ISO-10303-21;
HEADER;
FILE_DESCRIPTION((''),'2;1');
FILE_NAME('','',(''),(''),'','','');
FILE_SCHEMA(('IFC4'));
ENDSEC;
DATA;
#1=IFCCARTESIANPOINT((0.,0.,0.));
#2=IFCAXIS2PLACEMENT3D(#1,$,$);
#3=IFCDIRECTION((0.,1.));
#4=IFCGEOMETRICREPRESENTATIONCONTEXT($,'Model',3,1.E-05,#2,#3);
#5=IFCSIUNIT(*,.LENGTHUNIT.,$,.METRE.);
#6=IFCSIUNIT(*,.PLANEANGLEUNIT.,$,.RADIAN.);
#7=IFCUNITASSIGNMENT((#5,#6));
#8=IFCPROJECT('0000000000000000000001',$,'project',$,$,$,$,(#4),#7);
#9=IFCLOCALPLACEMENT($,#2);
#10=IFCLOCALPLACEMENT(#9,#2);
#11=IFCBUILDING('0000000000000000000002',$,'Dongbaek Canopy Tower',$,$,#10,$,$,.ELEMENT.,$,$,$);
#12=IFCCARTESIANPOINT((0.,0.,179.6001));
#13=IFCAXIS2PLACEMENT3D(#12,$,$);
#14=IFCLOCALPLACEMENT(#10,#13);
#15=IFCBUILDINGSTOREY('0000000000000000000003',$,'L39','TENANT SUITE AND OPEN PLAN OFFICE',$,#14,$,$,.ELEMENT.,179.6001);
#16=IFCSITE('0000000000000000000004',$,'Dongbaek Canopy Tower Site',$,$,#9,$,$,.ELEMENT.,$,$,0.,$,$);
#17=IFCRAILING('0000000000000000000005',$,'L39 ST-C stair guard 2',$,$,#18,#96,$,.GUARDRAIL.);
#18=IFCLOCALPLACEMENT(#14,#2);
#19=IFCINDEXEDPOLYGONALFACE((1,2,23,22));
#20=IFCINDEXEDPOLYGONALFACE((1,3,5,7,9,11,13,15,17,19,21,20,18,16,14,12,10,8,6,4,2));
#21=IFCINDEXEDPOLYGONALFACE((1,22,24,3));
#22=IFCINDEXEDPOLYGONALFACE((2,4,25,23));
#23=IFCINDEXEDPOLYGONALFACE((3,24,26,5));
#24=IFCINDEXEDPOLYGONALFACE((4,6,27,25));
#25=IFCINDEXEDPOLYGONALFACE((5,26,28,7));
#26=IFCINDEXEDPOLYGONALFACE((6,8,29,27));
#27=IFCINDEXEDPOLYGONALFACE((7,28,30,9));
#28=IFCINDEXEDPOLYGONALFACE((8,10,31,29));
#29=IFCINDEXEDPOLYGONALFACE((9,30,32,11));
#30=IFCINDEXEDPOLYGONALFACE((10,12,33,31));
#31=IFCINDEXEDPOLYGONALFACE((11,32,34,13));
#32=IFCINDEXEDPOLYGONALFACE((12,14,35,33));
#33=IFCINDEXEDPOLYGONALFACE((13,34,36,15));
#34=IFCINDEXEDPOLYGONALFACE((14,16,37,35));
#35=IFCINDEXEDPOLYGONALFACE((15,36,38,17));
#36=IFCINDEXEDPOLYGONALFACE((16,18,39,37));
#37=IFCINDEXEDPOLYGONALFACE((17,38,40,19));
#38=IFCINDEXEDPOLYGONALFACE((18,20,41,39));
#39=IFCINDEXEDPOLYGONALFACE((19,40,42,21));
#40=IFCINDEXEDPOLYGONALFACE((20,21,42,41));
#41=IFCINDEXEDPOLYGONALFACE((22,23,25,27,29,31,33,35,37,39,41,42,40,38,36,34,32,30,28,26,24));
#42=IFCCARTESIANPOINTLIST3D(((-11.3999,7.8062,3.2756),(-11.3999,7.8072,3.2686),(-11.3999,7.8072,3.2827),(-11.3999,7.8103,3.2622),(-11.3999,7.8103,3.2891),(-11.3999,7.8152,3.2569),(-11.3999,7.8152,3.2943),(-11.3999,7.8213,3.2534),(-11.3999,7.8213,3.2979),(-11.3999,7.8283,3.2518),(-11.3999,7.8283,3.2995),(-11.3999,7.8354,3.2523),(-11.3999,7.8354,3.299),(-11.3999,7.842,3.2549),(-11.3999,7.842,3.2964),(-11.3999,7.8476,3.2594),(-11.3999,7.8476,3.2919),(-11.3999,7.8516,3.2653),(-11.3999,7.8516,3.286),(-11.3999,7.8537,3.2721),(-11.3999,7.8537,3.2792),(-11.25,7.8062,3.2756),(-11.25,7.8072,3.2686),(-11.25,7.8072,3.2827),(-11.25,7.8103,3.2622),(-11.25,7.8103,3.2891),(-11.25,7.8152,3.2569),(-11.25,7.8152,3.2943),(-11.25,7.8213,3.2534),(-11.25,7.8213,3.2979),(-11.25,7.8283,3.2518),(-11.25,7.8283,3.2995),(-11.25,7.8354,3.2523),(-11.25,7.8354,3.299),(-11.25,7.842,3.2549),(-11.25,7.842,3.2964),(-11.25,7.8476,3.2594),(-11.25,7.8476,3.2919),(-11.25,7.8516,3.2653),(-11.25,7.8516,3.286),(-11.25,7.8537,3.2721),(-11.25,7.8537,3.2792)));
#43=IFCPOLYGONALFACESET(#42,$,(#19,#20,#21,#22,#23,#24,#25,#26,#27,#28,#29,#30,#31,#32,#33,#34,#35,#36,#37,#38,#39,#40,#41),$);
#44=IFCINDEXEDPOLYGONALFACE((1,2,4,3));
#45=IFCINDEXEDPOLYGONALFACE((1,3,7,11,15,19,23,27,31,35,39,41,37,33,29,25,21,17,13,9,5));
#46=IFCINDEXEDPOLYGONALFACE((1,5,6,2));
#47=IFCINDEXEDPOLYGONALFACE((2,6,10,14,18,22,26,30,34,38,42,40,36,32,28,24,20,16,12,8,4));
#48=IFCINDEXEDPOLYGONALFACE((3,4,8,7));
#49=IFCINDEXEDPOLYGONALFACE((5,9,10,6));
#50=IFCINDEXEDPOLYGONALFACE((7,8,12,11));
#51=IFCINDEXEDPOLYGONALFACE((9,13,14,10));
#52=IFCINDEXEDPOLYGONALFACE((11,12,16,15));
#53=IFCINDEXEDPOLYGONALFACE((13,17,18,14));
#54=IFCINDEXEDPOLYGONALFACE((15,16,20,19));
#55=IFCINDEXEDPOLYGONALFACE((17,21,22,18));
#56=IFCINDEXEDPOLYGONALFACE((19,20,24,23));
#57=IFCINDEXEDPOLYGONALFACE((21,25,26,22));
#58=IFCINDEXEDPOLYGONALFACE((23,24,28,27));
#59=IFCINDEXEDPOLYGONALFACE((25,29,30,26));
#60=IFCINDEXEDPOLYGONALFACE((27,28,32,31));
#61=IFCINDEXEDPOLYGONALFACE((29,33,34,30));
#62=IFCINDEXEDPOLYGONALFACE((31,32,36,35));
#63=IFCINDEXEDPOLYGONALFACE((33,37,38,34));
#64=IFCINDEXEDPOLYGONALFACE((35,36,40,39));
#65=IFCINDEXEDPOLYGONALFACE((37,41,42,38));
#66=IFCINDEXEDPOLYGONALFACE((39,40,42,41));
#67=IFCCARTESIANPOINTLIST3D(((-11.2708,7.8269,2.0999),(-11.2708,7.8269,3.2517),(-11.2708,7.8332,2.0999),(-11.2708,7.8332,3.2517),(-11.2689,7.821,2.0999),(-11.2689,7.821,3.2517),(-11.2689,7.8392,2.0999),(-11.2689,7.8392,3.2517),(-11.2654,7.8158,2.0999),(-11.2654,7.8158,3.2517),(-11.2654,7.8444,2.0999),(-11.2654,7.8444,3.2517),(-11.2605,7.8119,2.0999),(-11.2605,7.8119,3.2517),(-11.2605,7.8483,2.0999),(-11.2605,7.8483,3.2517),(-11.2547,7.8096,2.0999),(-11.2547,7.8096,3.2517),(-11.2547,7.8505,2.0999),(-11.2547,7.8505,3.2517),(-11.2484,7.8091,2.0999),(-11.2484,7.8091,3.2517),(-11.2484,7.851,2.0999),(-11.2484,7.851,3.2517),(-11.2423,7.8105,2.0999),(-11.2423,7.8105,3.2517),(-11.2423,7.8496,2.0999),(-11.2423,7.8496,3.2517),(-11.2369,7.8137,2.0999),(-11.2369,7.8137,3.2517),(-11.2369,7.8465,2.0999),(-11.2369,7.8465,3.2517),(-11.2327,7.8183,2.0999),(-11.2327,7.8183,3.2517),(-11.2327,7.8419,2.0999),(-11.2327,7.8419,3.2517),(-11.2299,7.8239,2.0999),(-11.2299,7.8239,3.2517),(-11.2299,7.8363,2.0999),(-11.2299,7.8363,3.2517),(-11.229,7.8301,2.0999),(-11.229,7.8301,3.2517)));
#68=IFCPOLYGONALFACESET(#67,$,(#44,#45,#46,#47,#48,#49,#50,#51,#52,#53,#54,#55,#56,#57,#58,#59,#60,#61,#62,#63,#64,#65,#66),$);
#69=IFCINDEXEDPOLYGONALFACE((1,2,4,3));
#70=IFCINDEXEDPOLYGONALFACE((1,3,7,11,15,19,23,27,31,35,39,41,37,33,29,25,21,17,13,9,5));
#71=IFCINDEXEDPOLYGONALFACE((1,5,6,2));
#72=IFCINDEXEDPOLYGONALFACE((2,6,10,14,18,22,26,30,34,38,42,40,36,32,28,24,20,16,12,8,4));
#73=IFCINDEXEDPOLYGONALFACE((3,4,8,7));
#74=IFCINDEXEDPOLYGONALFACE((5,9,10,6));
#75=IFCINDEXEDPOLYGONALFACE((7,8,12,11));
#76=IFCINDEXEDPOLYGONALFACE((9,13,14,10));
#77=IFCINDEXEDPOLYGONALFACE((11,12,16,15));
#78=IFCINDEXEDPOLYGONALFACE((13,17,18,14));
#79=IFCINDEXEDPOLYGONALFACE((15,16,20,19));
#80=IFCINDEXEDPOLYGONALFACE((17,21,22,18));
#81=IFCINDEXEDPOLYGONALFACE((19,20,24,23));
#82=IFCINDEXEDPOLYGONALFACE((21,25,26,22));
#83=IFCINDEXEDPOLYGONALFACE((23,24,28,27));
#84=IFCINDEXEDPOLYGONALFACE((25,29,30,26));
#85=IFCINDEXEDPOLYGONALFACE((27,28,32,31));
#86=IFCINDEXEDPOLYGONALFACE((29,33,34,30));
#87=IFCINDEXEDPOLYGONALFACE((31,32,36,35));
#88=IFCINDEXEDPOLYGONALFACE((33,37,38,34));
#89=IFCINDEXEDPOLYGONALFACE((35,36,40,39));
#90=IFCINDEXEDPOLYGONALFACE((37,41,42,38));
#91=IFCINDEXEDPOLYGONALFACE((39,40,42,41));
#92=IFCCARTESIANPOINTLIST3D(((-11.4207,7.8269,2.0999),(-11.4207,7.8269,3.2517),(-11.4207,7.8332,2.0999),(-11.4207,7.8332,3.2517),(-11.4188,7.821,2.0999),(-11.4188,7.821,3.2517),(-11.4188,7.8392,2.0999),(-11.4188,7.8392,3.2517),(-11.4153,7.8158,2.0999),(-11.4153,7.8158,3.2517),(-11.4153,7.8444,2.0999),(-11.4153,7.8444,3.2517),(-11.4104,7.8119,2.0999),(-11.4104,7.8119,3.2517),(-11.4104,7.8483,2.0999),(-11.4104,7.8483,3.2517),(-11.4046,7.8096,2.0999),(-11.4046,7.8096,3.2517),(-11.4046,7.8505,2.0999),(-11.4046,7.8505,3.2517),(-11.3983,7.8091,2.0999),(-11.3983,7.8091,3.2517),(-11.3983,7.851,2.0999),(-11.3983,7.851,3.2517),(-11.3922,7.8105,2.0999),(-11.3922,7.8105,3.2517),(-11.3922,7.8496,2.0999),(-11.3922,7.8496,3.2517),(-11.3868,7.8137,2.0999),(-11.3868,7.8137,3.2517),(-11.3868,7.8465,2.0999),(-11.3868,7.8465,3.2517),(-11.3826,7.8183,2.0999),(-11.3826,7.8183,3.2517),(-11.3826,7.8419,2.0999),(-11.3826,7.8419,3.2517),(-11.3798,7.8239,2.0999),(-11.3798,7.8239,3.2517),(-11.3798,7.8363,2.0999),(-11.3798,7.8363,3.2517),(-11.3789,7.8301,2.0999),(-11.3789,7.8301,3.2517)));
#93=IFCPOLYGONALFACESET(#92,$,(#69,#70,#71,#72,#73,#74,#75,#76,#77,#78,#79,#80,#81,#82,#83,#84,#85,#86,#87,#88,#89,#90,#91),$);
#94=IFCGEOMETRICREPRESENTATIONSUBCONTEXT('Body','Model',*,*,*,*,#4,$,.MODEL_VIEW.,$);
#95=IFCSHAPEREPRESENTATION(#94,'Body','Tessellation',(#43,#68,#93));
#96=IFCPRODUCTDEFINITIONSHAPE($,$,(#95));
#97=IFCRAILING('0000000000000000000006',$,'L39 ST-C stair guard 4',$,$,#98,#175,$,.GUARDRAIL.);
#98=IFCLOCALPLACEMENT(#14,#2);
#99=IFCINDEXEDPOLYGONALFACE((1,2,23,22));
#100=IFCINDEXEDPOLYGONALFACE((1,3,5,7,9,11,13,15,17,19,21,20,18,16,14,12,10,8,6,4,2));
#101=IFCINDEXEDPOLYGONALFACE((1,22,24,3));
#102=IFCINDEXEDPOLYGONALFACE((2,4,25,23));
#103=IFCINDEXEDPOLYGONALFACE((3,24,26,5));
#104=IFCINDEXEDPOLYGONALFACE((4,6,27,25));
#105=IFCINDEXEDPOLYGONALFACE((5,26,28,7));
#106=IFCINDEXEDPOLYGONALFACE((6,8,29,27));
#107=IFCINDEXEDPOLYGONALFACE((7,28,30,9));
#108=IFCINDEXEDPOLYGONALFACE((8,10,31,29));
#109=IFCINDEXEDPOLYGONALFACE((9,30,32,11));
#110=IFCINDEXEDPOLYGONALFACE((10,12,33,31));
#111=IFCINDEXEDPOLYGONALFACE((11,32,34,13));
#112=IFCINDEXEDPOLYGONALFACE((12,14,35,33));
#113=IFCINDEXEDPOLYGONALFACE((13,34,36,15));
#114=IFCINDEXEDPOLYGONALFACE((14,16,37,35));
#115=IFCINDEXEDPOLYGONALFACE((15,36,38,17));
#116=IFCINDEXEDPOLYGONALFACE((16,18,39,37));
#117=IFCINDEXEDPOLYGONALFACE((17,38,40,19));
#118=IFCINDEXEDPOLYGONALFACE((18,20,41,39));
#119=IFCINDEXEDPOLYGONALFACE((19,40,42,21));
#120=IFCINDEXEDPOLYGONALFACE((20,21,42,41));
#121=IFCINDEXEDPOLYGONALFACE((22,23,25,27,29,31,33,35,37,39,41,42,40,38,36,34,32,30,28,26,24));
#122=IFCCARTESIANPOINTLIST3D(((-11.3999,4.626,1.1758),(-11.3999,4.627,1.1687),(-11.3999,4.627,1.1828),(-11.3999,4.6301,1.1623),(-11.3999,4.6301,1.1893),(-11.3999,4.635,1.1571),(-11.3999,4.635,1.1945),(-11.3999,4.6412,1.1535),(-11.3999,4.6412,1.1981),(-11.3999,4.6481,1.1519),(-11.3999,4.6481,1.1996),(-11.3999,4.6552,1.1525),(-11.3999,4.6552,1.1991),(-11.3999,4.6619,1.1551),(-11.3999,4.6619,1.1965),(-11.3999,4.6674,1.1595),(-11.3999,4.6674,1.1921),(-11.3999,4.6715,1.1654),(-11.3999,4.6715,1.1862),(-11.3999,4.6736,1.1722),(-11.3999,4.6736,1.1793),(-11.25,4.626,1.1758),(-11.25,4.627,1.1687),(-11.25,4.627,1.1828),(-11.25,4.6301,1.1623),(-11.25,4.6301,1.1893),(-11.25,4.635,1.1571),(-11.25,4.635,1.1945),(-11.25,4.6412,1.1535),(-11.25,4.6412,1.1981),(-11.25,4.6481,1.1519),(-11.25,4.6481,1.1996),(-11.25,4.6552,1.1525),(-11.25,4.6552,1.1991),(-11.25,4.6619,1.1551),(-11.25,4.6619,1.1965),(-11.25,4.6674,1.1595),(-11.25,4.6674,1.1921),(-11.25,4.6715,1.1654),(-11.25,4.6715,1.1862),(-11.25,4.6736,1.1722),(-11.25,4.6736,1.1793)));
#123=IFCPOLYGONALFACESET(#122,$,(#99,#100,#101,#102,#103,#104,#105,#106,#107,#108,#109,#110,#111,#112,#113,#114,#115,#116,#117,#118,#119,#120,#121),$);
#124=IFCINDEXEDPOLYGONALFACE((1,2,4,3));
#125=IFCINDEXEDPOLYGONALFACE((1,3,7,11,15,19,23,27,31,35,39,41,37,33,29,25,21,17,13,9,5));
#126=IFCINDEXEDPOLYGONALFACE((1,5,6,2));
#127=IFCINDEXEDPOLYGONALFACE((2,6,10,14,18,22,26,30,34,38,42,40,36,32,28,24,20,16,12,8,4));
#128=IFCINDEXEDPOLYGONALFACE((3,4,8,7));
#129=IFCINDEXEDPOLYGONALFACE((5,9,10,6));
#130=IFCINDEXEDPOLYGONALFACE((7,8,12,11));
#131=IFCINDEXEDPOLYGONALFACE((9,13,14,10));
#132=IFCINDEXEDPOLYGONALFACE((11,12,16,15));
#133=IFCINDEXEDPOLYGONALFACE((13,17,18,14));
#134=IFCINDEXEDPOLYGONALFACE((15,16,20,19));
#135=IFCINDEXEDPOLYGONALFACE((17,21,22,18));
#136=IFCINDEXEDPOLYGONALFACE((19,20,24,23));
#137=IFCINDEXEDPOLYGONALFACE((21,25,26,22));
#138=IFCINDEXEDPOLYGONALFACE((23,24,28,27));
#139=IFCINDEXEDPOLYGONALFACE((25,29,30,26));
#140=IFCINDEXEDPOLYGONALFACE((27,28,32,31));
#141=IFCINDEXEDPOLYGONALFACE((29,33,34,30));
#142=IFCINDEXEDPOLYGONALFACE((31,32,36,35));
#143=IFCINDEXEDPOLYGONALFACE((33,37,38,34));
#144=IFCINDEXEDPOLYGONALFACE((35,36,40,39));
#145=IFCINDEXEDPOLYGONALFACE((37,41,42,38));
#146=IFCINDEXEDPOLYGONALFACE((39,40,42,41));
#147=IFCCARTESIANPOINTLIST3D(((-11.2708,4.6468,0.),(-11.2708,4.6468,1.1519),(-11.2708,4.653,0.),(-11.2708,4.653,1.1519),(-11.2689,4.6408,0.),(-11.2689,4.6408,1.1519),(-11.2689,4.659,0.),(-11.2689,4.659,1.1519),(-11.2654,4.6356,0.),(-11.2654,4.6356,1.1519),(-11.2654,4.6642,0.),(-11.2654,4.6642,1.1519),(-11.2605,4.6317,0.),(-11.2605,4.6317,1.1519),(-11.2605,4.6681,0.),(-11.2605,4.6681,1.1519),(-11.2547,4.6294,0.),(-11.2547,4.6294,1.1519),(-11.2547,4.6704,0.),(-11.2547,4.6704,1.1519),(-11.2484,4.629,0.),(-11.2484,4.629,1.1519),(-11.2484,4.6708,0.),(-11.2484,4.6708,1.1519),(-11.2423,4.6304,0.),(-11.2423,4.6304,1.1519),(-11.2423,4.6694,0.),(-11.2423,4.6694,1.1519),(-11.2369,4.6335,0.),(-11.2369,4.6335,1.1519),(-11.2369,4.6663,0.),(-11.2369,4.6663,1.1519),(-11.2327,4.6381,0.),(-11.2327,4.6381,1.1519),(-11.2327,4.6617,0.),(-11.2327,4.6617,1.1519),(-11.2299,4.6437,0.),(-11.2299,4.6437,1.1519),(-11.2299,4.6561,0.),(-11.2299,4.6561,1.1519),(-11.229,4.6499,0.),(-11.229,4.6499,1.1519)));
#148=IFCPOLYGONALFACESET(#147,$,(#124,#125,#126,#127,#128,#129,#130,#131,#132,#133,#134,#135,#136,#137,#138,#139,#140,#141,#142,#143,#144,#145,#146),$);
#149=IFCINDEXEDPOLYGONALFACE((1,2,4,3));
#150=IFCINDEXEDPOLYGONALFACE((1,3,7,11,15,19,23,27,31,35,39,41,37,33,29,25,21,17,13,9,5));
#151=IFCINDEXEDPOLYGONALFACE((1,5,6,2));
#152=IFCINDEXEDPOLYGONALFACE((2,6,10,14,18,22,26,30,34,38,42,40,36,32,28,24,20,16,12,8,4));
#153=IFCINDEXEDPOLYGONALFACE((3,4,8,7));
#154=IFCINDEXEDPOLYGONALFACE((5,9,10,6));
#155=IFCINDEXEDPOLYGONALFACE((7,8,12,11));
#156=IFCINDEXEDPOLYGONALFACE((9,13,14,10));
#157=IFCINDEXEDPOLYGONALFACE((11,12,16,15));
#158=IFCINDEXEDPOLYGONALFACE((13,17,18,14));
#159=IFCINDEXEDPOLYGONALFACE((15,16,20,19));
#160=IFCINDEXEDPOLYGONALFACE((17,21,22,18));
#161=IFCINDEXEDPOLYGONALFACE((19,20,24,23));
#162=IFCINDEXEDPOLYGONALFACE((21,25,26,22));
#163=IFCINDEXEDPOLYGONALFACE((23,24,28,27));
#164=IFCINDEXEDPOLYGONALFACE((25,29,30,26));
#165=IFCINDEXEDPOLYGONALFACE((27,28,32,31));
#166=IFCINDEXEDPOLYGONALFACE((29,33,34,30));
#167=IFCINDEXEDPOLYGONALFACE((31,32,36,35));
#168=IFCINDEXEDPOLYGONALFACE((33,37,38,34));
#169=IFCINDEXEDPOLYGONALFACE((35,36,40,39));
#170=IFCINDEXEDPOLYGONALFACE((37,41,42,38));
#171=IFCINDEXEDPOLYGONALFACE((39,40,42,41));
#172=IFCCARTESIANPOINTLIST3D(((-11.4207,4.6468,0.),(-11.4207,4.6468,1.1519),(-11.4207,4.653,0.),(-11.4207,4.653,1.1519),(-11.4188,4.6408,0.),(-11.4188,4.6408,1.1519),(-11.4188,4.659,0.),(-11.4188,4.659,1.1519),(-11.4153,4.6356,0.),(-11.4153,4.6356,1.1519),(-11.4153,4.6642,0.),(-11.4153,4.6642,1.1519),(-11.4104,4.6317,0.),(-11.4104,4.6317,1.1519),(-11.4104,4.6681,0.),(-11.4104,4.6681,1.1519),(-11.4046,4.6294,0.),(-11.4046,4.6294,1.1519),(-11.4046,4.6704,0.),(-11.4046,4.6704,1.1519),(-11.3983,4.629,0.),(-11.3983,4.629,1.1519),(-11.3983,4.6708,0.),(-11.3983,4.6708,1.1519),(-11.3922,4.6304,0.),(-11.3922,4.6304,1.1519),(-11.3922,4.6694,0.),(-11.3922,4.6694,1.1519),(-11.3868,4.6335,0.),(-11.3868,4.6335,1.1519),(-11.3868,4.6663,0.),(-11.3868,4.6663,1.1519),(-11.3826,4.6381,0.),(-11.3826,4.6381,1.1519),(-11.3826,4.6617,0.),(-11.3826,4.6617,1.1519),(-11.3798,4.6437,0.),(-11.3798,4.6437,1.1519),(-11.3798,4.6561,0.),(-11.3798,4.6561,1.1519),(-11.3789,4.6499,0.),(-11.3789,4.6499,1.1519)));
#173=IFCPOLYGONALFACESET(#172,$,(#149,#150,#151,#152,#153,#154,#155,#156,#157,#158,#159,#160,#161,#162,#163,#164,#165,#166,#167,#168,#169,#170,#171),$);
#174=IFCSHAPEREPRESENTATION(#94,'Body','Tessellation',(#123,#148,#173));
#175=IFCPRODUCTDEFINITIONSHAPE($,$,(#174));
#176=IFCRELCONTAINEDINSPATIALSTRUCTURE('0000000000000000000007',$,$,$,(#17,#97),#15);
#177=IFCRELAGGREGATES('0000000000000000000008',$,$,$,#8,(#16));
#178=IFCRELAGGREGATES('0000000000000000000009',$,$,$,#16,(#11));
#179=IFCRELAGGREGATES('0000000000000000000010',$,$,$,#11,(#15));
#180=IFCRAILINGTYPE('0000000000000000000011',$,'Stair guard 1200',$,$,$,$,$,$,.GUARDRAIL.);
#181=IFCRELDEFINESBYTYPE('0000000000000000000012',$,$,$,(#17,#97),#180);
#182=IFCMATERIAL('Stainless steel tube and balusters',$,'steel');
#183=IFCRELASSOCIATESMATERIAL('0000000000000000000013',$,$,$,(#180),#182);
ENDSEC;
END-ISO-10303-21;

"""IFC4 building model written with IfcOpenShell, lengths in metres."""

from ifc_helpers import new_model, si_unit, direction, frame, origin, origin_2d, place, context, subcontext, project, spatial, circle, extrude, material, type_object, element, save


model = new_model("IFC4")

# Units and contexts
model_context = context("Model", 3, precision=1e-05, world=origin(), true_north=direction((0.0, 1.0)))
body_context = subcontext(model_context, "Body", "Model", "MODEL_VIEW")
ifc_project = project(units=[si_unit("LENGTHUNIT", "METRE"), si_unit("PLANEANGLEUNIT", "RADIAN")], contexts=[model_context])

# Site, building, storey
site_placement = place(None, origin())
site = spatial("IfcSite", under=ifc_project, at=site_placement, Name="Dongbaek Canopy Tower Site", CompositionType="ELEMENT", RefElevation=0.0)
building_placement = place(site_placement, origin())
building = spatial("IfcBuilding", under=site, at=building_placement, Name="Dongbaek Canopy Tower", CompositionType="ELEMENT")
storey_placement = place(building_placement, frame((0.0, 0.0, 179.6001)))
storey = spatial("IfcBuildingStorey", under=building, at=storey_placement, Name="L39", Description="TENANT SUITE AND OPEN PLAN OFFICE", CompositionType="ELEMENT", Elevation=179.6001)

# Railings
ifc_material_1 = material(Name="Stainless steel tube and balusters", Category="steel")
railing_type_1 = type_object("IfcRailingType", Name="Stair guard 1200", PredefinedType="GUARDRAIL", material=ifc_material_1)
for number, where, name in (
    (1, (-11.25, 7.8301, 2.0999), "L39 ST-C stair guard 2"),
    (2, (-11.25, 4.6499, 0.0), "L39 ST-C stair guard 4"),
):
    element("IfcRailing", number, at=place(storey_placement, frame(where)), inside=storey, type_object=railing_type_1, Name=name, PredefinedType="GUARDRAIL", context=body_context, shape_type="SweptSolid", body=[
        extrude(circle(Radius=0.0239, at=origin_2d()), frame((0.0, 0.0, 1.1758), z_axis=(-1.0, 0.0, 0.0), x_axis=(0.0, -1.0, 0.0)), (0.0, 0.0, 1.0), 0.1499),
        extrude(circle(Radius=0.021, at=origin_2d()), origin(), (0.0, 0.0, 1.0), 1.1519),
        extrude(circle(Radius=0.021, at=origin_2d()), frame((-0.1499, 0.0, 0.0)), (0.0, 0.0, 1.0), 1.1519),
    ])

save(model, "model.ifc")
